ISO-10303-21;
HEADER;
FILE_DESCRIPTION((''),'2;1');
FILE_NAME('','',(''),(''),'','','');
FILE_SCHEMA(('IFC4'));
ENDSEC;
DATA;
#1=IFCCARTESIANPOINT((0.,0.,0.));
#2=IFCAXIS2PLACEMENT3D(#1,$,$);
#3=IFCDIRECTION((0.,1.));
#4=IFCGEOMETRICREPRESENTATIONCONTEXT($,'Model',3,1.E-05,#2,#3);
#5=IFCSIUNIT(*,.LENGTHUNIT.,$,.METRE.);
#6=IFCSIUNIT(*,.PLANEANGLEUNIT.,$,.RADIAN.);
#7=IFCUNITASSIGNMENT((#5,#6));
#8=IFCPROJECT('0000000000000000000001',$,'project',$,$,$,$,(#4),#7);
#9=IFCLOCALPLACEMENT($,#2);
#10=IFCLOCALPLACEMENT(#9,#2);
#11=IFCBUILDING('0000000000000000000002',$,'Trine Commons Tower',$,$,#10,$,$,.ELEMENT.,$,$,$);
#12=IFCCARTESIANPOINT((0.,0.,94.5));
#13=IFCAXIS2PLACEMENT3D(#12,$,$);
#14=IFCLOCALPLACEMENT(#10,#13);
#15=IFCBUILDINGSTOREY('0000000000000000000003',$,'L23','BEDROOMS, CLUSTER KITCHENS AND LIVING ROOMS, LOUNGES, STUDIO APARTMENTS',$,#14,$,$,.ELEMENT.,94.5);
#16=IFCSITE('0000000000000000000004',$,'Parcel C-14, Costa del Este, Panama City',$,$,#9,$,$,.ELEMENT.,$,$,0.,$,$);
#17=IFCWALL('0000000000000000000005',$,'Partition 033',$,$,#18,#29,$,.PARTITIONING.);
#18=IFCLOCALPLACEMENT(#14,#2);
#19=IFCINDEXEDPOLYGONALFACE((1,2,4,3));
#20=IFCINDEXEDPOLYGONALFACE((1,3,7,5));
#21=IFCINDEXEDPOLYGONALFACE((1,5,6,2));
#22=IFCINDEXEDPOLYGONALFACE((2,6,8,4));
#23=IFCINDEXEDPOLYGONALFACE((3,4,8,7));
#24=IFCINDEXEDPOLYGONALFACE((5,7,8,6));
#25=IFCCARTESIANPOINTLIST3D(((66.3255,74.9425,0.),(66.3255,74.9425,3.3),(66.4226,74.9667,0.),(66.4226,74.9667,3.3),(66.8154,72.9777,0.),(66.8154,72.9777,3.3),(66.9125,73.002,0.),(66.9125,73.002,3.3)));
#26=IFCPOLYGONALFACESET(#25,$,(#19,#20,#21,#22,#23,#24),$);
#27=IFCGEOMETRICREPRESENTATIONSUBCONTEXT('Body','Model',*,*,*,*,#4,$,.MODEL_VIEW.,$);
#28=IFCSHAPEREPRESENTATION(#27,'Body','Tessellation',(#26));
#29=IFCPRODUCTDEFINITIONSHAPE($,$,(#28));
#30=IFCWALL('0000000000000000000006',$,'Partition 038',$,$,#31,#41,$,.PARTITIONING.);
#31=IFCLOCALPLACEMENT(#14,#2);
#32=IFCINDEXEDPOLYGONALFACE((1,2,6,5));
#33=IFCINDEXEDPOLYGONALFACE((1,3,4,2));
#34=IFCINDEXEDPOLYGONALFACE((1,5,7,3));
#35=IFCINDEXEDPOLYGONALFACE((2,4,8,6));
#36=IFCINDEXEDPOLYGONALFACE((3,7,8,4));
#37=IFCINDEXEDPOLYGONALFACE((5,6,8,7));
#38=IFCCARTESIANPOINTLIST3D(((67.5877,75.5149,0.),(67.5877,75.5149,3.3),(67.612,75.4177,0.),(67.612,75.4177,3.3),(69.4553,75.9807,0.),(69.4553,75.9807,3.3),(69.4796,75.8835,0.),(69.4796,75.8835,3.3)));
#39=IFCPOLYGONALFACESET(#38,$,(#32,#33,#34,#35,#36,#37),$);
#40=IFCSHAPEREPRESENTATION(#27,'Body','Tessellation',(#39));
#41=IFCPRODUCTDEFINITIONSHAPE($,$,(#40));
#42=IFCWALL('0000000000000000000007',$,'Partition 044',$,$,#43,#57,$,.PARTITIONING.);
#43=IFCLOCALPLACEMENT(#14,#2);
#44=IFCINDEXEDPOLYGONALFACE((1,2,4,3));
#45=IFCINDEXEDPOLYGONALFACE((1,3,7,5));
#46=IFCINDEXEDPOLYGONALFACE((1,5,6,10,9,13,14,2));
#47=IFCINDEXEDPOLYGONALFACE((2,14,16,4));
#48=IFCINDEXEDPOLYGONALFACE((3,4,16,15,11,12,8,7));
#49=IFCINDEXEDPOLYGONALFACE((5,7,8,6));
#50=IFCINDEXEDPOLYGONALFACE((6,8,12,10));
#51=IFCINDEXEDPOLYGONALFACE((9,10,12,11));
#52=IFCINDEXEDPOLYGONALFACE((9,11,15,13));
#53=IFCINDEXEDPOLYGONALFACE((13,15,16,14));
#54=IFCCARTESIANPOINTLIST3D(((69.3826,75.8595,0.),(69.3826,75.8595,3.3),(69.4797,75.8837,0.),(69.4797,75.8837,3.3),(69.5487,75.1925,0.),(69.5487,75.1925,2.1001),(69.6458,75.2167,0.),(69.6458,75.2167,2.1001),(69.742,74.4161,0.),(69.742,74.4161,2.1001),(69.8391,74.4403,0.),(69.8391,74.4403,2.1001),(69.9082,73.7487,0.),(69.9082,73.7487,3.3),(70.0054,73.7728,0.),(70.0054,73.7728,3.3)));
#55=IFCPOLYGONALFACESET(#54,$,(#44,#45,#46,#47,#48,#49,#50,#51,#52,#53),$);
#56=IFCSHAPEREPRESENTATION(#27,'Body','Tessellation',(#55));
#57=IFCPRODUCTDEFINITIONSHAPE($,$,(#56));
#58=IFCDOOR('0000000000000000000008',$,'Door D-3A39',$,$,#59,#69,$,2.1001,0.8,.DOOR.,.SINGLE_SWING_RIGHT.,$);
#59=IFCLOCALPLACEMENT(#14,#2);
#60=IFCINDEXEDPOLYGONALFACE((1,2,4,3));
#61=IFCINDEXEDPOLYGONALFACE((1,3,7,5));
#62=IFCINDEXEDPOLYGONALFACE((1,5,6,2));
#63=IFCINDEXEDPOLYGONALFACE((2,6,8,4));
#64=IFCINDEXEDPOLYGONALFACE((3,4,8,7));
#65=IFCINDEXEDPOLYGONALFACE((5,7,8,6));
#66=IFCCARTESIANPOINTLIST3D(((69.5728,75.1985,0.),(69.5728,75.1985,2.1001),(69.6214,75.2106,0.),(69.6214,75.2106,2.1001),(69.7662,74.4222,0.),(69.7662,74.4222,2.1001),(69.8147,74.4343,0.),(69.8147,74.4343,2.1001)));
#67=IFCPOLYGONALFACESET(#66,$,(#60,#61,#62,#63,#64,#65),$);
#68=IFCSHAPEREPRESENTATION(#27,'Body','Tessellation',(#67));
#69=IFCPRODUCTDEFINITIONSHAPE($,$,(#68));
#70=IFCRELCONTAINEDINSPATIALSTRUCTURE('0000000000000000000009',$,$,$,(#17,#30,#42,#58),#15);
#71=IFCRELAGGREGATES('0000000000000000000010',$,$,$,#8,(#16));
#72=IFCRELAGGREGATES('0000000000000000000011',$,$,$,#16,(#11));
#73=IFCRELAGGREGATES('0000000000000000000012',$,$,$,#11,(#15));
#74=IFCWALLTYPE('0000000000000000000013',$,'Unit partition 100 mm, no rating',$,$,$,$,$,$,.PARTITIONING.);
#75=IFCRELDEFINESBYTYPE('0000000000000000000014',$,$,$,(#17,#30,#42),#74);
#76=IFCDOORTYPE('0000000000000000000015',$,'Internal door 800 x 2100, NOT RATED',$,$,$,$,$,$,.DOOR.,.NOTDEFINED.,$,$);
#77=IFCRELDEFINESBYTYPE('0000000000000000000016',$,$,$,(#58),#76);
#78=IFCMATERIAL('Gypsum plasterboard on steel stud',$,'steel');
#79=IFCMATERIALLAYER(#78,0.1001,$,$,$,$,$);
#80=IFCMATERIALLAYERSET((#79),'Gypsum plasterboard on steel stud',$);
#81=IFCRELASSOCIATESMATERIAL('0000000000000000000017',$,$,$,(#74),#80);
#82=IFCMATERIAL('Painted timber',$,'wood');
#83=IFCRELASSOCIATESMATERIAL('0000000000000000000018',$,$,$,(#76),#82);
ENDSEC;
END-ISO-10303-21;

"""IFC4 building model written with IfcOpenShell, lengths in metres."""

from ifc_helpers import new_model, si_unit, direction, frame, frame_2d, origin, place, context, subcontext, project, spatial, rectangle, extrude, material, layer, layer_set, type_object, element, fill, save


model = new_model("IFC4")

# Units and contexts
model_context = context("Model", 3, precision=1e-05, world=origin(), true_north=direction((0.0, 1.0)))
body_context = subcontext(model_context, "Body", "Model", "MODEL_VIEW")
ifc_project = project(units=[si_unit("LENGTHUNIT", "METRE"), si_unit("PLANEANGLEUNIT", "RADIAN")], contexts=[model_context])

# Site, building, storey
site_placement = place(None, origin())
site = spatial("IfcSite", under=ifc_project, at=site_placement, Name="Parcel C-14, Costa del Este, Panama City", CompositionType="ELEMENT", RefElevation=0.0)
building_placement = place(site_placement, origin())
building = spatial("IfcBuilding", under=site, at=building_placement, Name="Trine Commons Tower", CompositionType="ELEMENT")
storey_placement = place(building_placement, frame((0.0, 0.0, 94.5)))
storey = spatial("IfcBuildingStorey", under=building, at=storey_placement, Name="L23", Description="BEDROOMS, CLUSTER KITCHENS AND LIVING ROOMS, LOUNGES, STUDIO APARTMENTS", CompositionType="ELEMENT", Elevation=94.5)

# Shared definitions
ifc_material_1 = material(Name="Gypsum plasterboard on steel stud", Category="steel")

# Shared definitions
ifc_layer_1 = layer(ifc_material_1, 0.1001)
ifc_layer_set_1 = layer_set([ifc_layer_1], Name="Gypsum plasterboard on steel stud")
wall_type_1 = type_object("IfcWallType", Name="Unit partition 100 mm, no rating", PredefinedType="PARTITIONING", material=ifc_layer_set_1)
ifc_material_2 = material(Name="Painted timber", Category="wood")

# Walls
wall_1_placement = place(storey_placement, frame((66.374, 74.9546, 0.0), z_axis=(0.0, 0.0, 1.0), x_axis=(0.241968, -0.970284, 0.0)))
element("IfcWall", 1, at=wall_1_placement, inside=storey, type_object=wall_type_1, Name="Partition 033", PredefinedType="PARTITIONING", context=body_context, shape_type="SweptSolid", body=[
    extrude(rectangle(XDim=2.0249, YDim=0.1001, at=frame_2d((1.0125, 0.0))), origin(), (0.0, 0.0, 1.0), 3.3),
])
wall_2_placement = place(storey_placement, frame((67.5999, 75.4663, 0.0), z_axis=(0.0, 0.0, 1.0), x_axis=(0.970277, 0.241998, 0.0)))
element("IfcWall", 2, at=wall_2_placement, inside=storey, type_object=wall_type_1, Name="Partition 038", PredefinedType="PARTITIONING", context=body_context, shape_type="SweptSolid", body=[
    extrude(rectangle(XDim=1.9248, YDim=0.1001, at=frame_2d((0.9624, 0.0))), origin(), (0.0, 0.0, 1.0), 3.3),
])

# Wall, opening, door
wall_3_placement = place(storey_placement, frame((69.4312, 75.8716, 0.0), z_axis=(0.0, 0.0, 1.0), x_axis=(0.241638, -0.970367, 0.0)))
wall_3 = element("IfcWall", 3, at=wall_3_placement, inside=storey, type_object=wall_type_1, Name="Partition 044", PredefinedType="PARTITIONING", context=body_context, shape_type="SweptSolid", body=[
    extrude(rectangle(XDim=2.1753, YDim=0.1001, at=frame_2d((1.0876, 0.0))), origin(), (0.0, 0.0, 1.0), 3.3),
])
opening_1_placement = place(wall_3_placement, frame((0.6875, 0.0, 0.0)))
opening_1 = element("IfcOpeningElement", 4, at=opening_1_placement, cuts=wall_3, PredefinedType="OPENING", context=body_context, shape_type="SweptSolid", body=[
    extrude(rectangle(XDim=0.8, YDim=2.1001, at=frame_2d((0.3999, 1.05))), frame((0.0, 0.0601, 0.0), z_axis=(0.0, -1.0, 0.0), x_axis=(1.0, 0.0, 0.0)), (0.0, 0.0, 1.0), 0.1201),
])
door_type_1 = type_object("IfcDoorType", Name="Internal door 800 x 2100, NOT RATED", OperationType="NOTDEFINED", PredefinedType="DOOR", material=ifc_material_2)
door_1_placement = place(opening_1_placement, origin())
door_1 = element("IfcDoor", 5, at=door_1_placement, inside=storey, type_object=door_type_1, Name="Door D-3A39", OperationType="SINGLE_SWING_RIGHT", OverallHeight=2.1001, OverallWidth=0.8, PredefinedType="DOOR", context=body_context, shape_type="SweptSolid", body=[
    extrude(rectangle(XDim=0.8, YDim=2.1001, at=frame_2d((0.3999, 1.05))), frame((0.0, 0.0249, 0.0), z_axis=(0.0, -1.0, 0.0), x_axis=(1.0, 0.0, 0.0)), (0.0, 0.0, 1.0), 0.05),
])
fill(opening_1, door_1)

save(model, "model.ifc")
